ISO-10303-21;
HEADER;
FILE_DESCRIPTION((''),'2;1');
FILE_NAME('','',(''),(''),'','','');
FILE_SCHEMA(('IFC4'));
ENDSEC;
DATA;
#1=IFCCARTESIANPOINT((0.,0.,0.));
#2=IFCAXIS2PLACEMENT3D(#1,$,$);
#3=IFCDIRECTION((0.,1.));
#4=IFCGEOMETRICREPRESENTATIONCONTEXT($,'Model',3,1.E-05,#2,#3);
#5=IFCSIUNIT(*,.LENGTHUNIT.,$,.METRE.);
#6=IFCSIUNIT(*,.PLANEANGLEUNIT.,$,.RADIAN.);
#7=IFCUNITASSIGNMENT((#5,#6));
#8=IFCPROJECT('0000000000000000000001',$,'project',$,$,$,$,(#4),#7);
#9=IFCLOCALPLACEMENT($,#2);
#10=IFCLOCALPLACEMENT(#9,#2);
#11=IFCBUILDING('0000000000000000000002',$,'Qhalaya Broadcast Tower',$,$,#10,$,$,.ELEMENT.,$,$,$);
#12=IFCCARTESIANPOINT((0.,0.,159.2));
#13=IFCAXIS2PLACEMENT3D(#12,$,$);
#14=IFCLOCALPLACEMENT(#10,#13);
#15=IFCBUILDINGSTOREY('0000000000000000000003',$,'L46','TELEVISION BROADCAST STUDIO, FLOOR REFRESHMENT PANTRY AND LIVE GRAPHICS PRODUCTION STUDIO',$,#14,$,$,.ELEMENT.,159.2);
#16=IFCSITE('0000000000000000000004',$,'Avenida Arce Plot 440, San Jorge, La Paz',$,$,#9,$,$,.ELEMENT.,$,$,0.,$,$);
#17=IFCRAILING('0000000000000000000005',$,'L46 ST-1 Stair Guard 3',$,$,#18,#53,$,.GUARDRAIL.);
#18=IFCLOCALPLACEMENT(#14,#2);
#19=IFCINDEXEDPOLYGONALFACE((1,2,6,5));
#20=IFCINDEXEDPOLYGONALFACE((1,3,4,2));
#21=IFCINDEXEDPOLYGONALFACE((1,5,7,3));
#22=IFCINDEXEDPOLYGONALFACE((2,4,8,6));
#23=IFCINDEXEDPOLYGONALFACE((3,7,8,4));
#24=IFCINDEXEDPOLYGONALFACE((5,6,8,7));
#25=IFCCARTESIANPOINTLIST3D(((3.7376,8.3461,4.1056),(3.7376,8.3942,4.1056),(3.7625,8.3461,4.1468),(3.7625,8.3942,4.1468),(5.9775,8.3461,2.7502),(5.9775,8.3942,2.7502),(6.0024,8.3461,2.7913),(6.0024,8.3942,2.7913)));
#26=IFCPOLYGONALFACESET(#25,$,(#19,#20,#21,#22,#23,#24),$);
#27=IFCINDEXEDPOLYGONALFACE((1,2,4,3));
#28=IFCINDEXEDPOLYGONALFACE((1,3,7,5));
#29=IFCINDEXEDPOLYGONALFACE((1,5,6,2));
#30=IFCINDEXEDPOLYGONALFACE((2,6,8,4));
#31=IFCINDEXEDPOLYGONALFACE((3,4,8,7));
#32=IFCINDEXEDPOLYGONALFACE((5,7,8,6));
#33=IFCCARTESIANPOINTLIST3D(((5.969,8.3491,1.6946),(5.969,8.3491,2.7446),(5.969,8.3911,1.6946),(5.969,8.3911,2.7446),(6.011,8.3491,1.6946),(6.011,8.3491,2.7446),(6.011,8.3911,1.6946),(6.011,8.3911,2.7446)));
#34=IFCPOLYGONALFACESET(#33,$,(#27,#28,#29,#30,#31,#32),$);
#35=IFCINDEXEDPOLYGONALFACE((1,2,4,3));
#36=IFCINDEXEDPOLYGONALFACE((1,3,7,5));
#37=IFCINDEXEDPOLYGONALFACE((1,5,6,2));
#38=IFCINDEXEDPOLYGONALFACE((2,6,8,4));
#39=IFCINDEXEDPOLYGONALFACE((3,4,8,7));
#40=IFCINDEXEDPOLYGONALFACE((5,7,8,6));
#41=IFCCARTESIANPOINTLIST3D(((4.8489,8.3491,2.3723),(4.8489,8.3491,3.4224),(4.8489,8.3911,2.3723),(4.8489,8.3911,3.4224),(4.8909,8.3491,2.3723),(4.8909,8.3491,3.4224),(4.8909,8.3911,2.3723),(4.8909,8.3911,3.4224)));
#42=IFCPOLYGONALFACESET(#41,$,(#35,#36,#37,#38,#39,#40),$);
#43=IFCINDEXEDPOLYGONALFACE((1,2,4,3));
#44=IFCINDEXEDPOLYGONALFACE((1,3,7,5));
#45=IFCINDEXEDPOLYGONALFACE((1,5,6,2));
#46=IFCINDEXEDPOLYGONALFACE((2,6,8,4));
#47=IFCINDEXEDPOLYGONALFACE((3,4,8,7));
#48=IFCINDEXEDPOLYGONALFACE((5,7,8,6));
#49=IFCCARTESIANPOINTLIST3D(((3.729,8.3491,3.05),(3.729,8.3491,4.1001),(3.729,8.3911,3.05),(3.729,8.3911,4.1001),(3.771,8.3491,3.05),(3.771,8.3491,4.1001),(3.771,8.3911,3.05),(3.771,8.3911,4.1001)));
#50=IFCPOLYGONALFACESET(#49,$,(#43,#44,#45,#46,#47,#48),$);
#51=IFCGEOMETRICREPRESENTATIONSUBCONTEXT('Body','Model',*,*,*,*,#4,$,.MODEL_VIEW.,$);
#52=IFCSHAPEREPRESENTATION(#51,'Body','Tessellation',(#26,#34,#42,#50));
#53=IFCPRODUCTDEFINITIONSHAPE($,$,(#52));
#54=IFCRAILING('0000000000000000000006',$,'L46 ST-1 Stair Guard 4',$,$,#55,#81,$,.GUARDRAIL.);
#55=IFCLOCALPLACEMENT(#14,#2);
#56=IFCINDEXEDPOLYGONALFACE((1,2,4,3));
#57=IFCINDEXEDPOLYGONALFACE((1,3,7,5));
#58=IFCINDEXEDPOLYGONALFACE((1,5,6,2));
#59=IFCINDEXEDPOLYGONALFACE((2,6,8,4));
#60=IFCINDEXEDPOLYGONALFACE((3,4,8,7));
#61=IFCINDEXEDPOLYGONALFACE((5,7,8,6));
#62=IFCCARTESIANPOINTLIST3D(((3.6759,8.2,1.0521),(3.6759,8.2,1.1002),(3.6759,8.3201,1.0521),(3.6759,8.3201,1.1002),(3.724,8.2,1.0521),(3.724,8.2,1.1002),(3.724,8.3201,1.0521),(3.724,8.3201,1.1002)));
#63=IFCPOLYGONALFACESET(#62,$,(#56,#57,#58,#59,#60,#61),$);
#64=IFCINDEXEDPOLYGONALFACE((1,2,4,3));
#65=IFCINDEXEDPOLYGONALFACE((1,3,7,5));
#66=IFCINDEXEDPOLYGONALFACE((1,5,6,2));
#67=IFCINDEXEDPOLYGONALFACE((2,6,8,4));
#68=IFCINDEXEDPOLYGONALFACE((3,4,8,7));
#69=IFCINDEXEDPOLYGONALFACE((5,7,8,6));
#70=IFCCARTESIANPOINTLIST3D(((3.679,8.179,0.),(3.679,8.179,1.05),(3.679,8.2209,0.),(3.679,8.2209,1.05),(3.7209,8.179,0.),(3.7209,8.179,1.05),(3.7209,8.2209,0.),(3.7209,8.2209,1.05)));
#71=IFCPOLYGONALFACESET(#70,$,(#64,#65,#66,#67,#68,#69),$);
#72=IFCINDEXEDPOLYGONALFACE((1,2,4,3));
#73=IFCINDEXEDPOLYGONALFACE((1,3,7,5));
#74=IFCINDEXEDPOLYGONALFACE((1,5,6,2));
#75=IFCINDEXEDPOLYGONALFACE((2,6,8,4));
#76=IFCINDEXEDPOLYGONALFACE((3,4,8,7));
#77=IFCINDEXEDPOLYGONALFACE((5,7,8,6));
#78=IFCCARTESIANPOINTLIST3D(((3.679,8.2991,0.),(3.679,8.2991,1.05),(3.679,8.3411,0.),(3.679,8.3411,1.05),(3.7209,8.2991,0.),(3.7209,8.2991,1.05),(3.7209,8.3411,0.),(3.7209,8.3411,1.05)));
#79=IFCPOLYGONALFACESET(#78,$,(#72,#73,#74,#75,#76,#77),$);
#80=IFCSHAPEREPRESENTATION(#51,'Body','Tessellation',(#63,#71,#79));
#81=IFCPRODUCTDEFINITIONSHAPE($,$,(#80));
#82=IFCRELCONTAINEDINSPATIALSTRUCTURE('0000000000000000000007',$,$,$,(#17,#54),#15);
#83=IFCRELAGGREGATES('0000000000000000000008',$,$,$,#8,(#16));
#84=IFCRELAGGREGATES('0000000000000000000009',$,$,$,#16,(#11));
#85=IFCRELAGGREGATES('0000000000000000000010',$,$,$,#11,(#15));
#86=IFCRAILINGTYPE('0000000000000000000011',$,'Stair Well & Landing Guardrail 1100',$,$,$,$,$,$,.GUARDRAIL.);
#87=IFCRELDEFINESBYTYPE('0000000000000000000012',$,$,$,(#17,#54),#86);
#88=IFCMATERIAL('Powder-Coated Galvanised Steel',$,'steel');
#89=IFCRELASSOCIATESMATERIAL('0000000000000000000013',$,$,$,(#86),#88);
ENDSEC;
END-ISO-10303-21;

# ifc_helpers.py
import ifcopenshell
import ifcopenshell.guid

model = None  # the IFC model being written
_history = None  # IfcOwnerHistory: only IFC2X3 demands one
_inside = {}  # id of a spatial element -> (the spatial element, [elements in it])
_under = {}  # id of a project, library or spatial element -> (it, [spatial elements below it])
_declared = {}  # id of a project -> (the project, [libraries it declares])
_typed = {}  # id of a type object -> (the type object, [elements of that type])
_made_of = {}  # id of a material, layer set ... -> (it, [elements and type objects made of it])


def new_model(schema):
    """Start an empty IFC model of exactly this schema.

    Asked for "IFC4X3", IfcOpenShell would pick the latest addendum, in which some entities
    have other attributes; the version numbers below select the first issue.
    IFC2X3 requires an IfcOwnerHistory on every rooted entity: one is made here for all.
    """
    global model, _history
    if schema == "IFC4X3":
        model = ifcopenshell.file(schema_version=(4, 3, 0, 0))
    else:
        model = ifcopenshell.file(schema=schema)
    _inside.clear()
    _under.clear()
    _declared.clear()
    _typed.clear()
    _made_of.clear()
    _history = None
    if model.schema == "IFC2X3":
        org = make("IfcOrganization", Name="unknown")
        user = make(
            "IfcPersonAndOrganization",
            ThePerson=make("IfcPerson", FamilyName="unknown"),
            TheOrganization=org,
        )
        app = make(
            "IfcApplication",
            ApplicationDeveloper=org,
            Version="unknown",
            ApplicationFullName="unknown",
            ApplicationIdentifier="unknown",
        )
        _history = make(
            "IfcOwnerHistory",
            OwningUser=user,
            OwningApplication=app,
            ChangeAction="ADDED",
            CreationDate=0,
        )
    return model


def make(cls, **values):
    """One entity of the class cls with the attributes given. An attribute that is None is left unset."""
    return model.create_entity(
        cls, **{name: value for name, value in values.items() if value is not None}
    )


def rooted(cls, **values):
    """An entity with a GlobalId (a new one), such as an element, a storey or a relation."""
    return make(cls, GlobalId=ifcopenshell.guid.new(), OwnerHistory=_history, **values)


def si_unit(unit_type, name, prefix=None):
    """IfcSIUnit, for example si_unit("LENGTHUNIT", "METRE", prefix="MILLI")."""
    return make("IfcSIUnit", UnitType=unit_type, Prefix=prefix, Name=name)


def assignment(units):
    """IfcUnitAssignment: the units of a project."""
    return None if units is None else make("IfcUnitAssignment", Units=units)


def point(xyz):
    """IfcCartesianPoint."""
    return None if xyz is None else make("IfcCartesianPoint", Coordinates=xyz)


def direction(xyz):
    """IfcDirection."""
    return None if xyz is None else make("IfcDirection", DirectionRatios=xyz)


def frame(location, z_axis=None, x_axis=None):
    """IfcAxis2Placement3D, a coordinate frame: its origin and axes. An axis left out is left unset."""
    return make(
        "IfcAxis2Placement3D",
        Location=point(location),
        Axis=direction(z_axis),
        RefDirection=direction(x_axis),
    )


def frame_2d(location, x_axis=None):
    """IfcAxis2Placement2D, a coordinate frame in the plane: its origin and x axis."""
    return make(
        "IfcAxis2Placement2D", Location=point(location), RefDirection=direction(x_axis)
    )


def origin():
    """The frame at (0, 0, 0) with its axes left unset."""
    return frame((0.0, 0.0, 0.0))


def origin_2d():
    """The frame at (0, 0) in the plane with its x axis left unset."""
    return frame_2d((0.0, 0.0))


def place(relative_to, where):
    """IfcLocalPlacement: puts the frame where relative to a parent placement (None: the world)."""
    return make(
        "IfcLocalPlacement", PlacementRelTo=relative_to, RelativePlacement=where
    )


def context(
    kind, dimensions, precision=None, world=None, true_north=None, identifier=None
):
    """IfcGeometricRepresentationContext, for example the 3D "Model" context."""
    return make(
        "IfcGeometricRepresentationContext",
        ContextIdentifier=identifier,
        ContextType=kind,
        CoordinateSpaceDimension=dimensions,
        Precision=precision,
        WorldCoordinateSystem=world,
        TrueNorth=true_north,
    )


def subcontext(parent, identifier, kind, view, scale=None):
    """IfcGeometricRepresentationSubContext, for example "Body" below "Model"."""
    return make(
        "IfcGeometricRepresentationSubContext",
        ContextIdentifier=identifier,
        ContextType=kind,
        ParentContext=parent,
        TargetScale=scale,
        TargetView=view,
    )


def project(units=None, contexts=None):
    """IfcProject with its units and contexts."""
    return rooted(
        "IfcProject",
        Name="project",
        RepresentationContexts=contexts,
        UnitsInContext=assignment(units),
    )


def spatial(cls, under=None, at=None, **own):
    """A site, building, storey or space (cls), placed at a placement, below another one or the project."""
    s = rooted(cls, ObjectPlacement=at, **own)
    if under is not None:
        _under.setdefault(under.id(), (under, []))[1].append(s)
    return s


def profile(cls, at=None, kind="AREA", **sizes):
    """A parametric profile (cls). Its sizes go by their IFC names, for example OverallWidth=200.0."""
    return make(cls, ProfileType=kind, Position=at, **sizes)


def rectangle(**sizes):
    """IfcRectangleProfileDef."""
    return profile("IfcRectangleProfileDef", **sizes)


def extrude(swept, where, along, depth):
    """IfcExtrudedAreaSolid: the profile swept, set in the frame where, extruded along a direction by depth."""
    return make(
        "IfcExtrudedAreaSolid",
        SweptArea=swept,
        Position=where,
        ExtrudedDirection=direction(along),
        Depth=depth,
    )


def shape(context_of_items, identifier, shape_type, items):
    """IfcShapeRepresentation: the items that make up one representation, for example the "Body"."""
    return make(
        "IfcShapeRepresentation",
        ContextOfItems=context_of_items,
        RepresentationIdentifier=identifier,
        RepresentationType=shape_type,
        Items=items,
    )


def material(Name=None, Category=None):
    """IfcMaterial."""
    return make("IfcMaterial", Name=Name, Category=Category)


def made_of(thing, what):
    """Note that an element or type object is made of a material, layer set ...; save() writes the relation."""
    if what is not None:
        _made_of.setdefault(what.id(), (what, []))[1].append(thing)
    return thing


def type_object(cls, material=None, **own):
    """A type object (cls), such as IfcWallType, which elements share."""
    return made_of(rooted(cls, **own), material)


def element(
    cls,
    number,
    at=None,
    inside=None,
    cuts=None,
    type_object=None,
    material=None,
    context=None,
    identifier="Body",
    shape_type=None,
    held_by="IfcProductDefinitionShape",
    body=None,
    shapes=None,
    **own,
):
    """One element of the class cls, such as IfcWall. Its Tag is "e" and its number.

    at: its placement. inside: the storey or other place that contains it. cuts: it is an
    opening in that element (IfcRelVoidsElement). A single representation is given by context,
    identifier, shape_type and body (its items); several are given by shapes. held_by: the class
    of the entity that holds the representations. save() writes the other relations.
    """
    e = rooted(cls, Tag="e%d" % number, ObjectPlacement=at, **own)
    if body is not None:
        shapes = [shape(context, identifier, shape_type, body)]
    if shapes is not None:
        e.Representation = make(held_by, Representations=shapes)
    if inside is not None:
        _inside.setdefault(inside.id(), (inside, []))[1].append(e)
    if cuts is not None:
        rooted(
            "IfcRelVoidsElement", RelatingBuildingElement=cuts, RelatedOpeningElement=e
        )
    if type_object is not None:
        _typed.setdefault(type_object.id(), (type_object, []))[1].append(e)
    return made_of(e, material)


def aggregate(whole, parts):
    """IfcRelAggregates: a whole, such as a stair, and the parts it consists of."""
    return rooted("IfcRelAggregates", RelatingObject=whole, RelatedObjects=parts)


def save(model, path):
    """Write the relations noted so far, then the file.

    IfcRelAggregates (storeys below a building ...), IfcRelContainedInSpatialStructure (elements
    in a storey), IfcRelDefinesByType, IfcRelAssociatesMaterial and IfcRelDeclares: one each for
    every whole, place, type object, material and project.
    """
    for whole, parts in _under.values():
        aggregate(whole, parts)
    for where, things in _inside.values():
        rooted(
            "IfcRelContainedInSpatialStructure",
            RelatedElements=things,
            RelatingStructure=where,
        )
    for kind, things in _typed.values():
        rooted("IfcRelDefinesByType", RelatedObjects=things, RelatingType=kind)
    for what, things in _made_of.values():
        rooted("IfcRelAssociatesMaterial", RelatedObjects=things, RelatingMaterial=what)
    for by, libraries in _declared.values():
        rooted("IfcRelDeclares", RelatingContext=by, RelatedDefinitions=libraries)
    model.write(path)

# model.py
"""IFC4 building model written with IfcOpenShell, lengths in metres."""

from ifc_helpers import new_model, si_unit, direction, frame, origin, origin_2d, place, context, subcontext, project, spatial, rectangle, extrude, material, type_object, element, save


model = new_model("IFC4")

# Units and contexts
model_context = context("Model", 3, precision=1e-05, world=origin(), true_north=direction((0.0, 1.0)))
body_context = subcontext(model_context, "Body", "Model", "MODEL_VIEW")
ifc_project = project(units=[si_unit("LENGTHUNIT", "METRE"), si_unit("PLANEANGLEUNIT", "RADIAN")], contexts=[model_context])

# Site, building, storey
site_placement = place(None, origin())
site = spatial("IfcSite", under=ifc_project, at=site_placement, Name="Avenida Arce Plot 440, San Jorge, La Paz", CompositionType="ELEMENT", RefElevation=0.0)
building_placement = place(site_placement, origin())
building = spatial("IfcBuilding", under=site, at=building_placement, Name="Qhalaya Broadcast Tower", CompositionType="ELEMENT")
storey_placement = place(building_placement, frame((0.0, 0.0, 159.2)))
storey = spatial("IfcBuildingStorey", under=building, at=storey_placement, Name="L46", Description="TELEVISION BROADCAST STUDIO, FLOOR REFRESHMENT PANTRY AND LIVE GRAPHICS PRODUCTION STUDIO", CompositionType="ELEMENT", Elevation=159.2)

# Railings
ifc_material_1 = material(Name="Powder-Coated Galvanised Steel", Category="steel")
railing_type_1 = type_object("IfcRailingType", Name="Stair Well & Landing Guardrail 1100", PredefinedType="GUARDRAIL", material=ifc_material_1)
railing_1_placement = place(storey_placement, frame((5.99, 8.3701, 1.6946)))
element("IfcRailing", 1, at=railing_1_placement, inside=storey, type_object=railing_type_1, Name="L46 ST-1 Stair Guard 3", PredefinedType="GUARDRAIL", context=body_context, shape_type="SweptSolid", body=[
    extrude(rectangle(XDim=0.0481, YDim=0.0481, at=origin_2d()), frame((0.0, 0.0, 1.0762), z_axis=(-0.855553, 0.0, 0.517715), x_axis=(0.0, -1.0, 0.0)), (0.0, 0.0, 1.0), 2.6182),
    extrude(rectangle(XDim=0.042, YDim=0.042, at=origin_2d()), origin(), (0.0, 0.0, 1.0), 1.05),
    extrude(rectangle(XDim=0.042, YDim=0.042, at=origin_2d()), frame((-1.1201, 0.0, 0.6777)), (0.0, 0.0, 1.0), 1.05),
    extrude(rectangle(XDim=0.042, YDim=0.042, at=origin_2d()), frame((-2.24, 0.0, 1.3555)), (0.0, 0.0, 1.0), 1.05),
])
railing_2_placement = place(storey_placement, frame((3.7, 8.2, 0.0)))
element("IfcRailing", 2, at=railing_2_placement, inside=storey, type_object=railing_type_1, Name="L46 ST-1 Stair Guard 4", PredefinedType="GUARDRAIL", context=body_context, shape_type="SweptSolid", body=[
    extrude(rectangle(XDim=0.0481, YDim=0.0481, at=origin_2d()), frame((0.0, 0.0, 1.0762), z_axis=(0.0, 1.0, 0.0), x_axis=(-1.0, 0.0, 0.0)), (0.0, 0.0, 1.0), 0.1201),
    extrude(rectangle(XDim=0.042, YDim=0.042, at=origin_2d()), origin(), (0.0, 0.0, 1.0), 1.05),
    extrude(rectangle(XDim=0.042, YDim=0.042, at=origin_2d()), frame((0.0, 0.1201, 0.0)), (0.0, 0.0, 1.0), 1.05),
])

save(model, "model.ifc")
